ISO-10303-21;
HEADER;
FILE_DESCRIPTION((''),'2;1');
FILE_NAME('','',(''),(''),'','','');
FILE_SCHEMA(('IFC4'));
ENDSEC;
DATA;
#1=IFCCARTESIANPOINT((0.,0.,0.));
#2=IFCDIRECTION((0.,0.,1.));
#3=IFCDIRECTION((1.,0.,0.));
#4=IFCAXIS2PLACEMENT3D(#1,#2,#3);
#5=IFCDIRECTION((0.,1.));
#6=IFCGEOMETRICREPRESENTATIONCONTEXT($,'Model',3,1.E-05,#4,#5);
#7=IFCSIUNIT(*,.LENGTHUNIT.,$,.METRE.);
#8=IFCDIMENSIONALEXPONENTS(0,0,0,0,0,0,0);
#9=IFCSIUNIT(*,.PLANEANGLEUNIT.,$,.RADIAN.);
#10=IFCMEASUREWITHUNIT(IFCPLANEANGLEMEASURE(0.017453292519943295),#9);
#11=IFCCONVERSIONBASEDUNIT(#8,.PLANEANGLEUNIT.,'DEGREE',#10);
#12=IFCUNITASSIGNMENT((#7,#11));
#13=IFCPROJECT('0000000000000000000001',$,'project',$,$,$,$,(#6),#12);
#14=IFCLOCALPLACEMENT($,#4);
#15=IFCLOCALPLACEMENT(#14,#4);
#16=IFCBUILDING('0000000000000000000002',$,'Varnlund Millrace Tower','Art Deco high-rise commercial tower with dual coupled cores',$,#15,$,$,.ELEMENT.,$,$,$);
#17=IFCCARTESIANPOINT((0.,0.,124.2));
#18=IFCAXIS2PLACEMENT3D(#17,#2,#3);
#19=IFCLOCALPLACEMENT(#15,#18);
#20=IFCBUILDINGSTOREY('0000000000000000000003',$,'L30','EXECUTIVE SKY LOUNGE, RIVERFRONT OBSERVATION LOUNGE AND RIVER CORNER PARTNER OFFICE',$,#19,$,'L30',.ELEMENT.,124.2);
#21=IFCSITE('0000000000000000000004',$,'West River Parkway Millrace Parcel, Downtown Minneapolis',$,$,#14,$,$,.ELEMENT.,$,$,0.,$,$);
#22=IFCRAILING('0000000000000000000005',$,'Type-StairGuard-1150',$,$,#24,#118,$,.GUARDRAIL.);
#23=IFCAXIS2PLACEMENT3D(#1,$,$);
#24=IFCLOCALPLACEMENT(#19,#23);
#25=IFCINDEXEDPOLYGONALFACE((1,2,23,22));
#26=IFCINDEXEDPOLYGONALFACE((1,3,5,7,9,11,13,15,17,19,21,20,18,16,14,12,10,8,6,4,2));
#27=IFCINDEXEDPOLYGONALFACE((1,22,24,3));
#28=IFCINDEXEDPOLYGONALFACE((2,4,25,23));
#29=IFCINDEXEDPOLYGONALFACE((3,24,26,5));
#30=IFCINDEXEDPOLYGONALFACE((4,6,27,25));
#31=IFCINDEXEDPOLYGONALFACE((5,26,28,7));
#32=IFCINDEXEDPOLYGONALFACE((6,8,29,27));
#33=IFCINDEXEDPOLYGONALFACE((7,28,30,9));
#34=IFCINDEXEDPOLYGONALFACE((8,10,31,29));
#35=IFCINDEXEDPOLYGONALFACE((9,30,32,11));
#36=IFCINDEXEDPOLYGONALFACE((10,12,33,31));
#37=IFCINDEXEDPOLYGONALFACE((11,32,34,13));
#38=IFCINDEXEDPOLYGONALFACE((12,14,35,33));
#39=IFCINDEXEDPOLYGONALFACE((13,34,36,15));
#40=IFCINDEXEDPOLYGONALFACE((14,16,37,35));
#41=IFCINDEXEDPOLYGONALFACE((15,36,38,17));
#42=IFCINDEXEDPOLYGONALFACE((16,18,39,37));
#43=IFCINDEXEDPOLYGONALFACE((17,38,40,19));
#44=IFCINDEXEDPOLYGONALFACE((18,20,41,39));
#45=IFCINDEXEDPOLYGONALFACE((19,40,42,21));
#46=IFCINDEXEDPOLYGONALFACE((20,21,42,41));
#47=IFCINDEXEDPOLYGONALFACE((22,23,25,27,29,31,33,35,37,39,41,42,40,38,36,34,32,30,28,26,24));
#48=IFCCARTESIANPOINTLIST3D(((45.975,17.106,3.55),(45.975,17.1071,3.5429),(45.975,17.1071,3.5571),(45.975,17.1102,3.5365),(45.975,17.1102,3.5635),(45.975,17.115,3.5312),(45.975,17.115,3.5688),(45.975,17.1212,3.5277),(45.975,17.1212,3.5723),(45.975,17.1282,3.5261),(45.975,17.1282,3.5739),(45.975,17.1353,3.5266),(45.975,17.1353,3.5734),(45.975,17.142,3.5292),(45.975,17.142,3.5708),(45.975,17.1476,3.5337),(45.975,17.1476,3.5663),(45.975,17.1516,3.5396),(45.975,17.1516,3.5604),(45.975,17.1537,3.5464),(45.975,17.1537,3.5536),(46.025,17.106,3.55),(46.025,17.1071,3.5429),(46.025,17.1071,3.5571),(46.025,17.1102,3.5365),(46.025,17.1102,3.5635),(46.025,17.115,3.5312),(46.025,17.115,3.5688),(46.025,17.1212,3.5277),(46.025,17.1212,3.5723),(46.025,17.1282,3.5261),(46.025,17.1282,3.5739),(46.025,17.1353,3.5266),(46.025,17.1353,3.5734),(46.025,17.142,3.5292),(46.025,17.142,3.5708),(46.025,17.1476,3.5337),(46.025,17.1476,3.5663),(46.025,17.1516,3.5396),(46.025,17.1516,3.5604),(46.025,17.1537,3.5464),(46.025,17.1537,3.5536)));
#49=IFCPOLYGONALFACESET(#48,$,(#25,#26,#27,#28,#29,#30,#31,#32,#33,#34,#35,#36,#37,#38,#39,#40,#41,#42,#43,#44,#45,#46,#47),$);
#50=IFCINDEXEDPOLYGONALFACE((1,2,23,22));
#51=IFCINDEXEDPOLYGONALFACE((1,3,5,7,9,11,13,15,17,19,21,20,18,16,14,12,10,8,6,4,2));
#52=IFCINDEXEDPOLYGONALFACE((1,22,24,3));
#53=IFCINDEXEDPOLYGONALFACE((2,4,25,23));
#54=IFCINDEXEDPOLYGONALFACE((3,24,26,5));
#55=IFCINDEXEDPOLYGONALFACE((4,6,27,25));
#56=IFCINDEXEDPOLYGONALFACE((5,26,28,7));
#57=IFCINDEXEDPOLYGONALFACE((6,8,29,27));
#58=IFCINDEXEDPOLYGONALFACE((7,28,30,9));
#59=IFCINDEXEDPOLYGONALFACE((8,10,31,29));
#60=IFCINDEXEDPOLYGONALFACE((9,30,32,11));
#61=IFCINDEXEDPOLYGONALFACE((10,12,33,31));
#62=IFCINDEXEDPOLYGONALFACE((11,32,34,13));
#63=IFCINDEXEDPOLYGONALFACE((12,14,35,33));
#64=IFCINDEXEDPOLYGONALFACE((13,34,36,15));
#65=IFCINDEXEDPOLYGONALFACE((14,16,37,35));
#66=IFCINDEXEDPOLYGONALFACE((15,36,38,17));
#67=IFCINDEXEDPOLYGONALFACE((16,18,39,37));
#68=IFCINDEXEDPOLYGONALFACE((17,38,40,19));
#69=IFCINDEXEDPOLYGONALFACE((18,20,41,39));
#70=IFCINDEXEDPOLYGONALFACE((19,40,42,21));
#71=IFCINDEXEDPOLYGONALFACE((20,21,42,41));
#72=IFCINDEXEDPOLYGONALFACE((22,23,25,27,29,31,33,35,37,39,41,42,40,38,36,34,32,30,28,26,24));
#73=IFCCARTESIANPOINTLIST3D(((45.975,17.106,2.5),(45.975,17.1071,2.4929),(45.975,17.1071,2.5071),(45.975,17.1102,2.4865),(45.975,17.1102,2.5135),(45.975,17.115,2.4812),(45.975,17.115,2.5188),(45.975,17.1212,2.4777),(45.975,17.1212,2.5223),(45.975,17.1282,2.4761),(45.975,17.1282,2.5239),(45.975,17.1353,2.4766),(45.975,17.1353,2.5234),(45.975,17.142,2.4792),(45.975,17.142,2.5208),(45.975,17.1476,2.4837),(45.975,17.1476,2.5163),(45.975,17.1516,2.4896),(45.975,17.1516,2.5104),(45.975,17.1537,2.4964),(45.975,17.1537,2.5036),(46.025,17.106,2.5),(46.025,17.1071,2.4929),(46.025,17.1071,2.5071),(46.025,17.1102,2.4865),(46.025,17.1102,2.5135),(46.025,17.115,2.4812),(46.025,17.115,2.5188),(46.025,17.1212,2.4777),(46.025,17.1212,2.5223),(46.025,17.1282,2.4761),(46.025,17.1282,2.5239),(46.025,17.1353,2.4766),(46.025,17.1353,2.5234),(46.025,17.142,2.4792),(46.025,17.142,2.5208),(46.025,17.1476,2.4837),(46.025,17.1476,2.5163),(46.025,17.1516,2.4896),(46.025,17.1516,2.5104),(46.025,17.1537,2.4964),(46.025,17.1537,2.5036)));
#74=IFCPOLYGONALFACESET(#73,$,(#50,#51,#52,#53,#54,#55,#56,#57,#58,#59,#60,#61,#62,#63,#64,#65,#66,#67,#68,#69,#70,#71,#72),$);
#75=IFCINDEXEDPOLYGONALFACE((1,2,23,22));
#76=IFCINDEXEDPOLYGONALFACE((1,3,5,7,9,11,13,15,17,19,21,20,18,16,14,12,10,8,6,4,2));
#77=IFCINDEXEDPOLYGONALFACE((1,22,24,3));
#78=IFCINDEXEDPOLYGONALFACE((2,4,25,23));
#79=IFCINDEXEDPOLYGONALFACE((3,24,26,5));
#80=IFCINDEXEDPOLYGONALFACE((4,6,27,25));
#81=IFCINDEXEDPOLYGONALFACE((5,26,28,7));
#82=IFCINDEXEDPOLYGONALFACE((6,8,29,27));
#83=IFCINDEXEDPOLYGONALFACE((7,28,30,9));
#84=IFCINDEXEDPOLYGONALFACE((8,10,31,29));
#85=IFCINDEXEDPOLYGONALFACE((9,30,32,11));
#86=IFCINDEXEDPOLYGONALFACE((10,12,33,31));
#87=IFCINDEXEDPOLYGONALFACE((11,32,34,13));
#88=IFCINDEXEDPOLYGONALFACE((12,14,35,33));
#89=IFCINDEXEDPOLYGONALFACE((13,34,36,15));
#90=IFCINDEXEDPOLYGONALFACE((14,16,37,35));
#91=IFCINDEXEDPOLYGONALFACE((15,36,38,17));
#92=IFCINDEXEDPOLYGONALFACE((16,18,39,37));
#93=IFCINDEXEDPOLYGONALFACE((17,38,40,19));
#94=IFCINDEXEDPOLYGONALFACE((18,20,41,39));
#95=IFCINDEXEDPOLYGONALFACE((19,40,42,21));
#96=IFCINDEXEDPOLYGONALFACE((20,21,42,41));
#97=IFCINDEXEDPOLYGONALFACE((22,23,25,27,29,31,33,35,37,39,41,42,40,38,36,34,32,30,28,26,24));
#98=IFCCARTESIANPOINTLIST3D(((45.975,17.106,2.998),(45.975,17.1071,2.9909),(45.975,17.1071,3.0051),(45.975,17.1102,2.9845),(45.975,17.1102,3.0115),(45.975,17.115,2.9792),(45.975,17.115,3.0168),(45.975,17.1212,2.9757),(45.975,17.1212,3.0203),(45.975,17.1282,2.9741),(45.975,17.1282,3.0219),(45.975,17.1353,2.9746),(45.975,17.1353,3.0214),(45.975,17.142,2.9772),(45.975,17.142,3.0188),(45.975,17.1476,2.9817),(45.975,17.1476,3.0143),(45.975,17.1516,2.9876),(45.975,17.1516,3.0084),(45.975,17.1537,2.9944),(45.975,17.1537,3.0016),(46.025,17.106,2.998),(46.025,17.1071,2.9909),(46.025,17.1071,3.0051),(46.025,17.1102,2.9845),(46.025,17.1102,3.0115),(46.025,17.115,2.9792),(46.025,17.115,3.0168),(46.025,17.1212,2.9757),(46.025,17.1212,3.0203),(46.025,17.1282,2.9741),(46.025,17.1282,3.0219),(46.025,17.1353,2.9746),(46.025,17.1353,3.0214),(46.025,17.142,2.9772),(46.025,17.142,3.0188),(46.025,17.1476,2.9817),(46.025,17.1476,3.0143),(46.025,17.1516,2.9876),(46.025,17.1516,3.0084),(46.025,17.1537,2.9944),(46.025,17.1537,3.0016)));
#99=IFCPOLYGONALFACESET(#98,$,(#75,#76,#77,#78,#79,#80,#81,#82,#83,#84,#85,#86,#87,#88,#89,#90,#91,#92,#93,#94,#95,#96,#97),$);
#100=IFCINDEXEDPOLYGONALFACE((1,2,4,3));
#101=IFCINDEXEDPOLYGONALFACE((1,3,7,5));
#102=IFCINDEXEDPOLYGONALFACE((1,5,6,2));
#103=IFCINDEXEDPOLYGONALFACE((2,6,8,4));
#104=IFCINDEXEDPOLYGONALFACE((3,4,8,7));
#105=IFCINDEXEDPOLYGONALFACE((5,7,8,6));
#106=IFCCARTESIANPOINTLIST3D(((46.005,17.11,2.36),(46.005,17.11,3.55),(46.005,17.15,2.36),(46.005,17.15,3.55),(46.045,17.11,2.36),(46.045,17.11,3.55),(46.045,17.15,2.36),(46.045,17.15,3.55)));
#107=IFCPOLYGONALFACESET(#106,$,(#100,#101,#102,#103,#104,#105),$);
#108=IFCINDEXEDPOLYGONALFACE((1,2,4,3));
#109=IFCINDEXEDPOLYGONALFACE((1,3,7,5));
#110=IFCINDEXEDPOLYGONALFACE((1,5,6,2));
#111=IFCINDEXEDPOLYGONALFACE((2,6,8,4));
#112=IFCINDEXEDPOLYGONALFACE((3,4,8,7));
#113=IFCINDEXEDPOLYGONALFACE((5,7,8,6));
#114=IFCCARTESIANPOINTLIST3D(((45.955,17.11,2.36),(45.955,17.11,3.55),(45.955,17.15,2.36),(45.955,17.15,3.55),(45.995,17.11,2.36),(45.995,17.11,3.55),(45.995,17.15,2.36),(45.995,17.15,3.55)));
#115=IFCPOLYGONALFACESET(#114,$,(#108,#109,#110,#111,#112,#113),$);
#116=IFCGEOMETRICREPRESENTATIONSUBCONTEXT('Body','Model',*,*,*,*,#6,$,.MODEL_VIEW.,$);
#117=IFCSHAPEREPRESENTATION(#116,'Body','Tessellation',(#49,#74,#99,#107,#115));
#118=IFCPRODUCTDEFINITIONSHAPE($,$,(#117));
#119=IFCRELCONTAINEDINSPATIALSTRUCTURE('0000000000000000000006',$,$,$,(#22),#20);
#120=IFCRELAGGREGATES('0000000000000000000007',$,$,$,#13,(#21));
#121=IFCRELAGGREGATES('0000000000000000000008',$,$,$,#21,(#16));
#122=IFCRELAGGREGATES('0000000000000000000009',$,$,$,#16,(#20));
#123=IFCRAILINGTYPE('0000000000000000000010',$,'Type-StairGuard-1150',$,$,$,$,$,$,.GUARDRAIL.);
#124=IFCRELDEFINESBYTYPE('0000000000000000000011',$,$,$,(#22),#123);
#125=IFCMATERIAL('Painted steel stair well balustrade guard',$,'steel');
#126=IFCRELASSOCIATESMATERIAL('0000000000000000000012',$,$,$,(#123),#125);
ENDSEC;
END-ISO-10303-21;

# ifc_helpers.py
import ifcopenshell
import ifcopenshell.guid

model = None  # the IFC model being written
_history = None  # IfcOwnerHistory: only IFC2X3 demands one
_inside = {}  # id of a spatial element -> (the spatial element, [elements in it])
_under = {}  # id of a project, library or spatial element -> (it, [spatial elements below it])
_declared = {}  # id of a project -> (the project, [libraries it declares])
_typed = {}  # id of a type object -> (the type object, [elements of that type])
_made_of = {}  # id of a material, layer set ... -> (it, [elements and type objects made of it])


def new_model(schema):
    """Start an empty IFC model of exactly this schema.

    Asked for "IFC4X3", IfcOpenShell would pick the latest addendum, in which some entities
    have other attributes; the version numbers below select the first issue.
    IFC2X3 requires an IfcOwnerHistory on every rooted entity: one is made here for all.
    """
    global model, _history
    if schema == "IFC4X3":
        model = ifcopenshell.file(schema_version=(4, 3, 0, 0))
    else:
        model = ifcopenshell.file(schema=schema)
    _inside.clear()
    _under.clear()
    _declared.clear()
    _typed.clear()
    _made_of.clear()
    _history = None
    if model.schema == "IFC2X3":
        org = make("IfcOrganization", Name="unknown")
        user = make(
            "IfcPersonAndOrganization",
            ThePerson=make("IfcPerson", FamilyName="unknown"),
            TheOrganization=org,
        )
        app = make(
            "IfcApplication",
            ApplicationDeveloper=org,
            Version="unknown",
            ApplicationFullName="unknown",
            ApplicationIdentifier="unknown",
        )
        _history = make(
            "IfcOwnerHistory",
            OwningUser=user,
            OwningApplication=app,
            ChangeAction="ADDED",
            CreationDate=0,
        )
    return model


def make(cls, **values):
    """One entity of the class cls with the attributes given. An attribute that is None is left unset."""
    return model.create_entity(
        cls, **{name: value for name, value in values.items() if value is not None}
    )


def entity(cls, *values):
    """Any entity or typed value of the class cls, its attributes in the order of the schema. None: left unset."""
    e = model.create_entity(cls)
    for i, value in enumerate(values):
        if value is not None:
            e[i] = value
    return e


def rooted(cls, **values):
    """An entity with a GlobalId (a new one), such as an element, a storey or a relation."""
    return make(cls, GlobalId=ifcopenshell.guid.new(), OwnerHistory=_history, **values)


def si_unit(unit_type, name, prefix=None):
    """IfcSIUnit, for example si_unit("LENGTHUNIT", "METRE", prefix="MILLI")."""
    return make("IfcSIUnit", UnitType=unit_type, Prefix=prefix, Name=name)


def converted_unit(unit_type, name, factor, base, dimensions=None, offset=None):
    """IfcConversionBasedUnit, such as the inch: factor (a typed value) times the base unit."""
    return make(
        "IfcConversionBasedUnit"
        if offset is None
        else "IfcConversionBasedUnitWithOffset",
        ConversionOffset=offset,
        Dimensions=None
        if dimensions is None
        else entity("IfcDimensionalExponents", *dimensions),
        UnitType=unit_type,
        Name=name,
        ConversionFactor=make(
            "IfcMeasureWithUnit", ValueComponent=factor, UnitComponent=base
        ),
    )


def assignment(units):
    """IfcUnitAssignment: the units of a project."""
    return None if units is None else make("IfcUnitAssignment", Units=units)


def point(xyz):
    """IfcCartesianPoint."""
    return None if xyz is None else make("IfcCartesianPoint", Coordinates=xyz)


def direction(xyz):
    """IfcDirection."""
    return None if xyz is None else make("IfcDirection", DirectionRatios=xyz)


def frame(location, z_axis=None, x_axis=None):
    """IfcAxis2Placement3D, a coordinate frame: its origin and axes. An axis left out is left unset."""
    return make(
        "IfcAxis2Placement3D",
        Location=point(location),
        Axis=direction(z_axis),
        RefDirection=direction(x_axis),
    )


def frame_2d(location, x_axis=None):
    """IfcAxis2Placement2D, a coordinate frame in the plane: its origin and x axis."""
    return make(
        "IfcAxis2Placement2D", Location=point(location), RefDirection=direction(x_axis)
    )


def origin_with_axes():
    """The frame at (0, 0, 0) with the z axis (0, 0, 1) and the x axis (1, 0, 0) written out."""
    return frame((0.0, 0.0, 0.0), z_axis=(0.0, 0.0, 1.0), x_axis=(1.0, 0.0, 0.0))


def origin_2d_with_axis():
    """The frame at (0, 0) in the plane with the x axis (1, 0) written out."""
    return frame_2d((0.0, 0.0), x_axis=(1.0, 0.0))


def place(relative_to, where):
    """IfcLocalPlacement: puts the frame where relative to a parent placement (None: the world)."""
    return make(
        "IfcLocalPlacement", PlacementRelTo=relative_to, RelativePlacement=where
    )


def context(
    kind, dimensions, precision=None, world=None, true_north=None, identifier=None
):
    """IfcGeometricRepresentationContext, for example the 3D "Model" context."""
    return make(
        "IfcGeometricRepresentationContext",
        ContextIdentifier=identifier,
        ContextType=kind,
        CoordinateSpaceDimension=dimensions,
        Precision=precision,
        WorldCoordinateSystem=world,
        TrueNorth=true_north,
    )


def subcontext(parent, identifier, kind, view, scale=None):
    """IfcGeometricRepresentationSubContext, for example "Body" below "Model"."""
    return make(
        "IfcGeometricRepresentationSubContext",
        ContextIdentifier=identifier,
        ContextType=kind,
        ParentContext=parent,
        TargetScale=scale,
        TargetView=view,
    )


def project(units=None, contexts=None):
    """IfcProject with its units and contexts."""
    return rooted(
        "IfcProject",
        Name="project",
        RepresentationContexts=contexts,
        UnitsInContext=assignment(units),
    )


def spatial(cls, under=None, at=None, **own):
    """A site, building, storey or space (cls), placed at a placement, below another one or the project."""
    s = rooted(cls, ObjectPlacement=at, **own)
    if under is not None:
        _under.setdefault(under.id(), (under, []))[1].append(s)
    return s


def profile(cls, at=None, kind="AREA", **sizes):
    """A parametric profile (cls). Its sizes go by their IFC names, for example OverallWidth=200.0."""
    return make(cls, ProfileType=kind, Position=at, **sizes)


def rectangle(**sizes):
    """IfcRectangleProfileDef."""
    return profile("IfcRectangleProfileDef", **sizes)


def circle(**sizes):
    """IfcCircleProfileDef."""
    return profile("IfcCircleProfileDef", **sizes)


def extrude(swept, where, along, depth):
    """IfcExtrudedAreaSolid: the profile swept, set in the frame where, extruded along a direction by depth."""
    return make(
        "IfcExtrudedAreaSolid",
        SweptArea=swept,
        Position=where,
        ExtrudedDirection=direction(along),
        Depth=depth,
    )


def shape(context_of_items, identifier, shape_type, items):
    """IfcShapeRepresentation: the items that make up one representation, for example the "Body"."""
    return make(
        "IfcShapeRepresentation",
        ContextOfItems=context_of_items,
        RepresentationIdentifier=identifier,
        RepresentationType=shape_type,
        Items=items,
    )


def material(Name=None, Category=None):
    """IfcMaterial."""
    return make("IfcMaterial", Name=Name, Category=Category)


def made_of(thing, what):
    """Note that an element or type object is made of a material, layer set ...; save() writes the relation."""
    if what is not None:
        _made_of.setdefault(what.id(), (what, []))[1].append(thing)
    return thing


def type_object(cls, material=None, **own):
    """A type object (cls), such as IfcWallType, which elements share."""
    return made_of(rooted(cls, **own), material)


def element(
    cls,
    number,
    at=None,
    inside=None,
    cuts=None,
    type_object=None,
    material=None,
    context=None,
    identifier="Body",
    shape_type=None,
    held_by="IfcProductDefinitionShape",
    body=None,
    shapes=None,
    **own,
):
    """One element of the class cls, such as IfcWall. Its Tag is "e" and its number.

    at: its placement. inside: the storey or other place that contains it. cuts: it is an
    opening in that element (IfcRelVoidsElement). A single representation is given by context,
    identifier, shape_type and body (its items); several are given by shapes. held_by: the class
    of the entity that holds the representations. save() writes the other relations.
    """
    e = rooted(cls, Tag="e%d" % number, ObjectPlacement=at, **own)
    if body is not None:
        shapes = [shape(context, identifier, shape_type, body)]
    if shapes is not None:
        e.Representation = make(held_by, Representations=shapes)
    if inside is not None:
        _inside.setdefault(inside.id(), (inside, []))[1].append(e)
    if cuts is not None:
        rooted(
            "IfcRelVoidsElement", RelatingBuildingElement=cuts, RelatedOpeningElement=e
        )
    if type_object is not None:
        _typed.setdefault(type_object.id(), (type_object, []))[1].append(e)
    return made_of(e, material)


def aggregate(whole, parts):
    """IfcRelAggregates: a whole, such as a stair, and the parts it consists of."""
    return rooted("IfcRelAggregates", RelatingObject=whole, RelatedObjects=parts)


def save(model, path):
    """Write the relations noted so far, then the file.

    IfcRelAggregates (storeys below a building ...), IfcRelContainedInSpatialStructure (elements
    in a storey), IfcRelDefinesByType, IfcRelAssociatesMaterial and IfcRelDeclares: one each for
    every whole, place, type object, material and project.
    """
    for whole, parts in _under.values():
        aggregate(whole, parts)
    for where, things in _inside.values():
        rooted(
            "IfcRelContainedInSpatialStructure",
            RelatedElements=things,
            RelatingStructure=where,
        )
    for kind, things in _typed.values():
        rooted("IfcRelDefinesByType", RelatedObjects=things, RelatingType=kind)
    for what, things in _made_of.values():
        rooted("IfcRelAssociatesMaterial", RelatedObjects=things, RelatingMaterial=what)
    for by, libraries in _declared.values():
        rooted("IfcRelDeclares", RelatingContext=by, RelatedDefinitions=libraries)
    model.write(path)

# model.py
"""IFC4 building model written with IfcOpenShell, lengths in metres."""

from ifc_helpers import new_model, entity, si_unit, converted_unit, direction, frame, origin_with_axes, origin_2d_with_axis, place, context, subcontext, project, spatial, rectangle, circle, extrude, material, type_object, element, save


model = new_model("IFC4")

# Units and contexts
model_context = context("Model", 3, precision=1e-05, world=origin_with_axes(), true_north=direction((0.0, 1.0)))
body_context = subcontext(model_context, "Body", "Model", "MODEL_VIEW")
ifc_project = project(units=[si_unit("LENGTHUNIT", "METRE"), converted_unit("PLANEANGLEUNIT", "DEGREE", entity("IfcPlaneAngleMeasure", 0.017453292519943295), si_unit("PLANEANGLEUNIT", "RADIAN"), dimensions=[0, 0, 0, 0, 0, 0, 0])], contexts=[model_context])

# Site, building, storey
site_placement = place(None, origin_with_axes())
site = spatial("IfcSite", under=ifc_project, at=site_placement, Name="West River Parkway Millrace Parcel, Downtown Minneapolis", CompositionType="ELEMENT", RefElevation=0.0)
building_placement = place(site_placement, origin_with_axes())
building = spatial("IfcBuilding", under=site, at=building_placement, Name="Varnlund Millrace Tower", Description="Art Deco high-rise commercial tower with dual coupled cores", CompositionType="ELEMENT")
storey_placement = place(building_placement, frame((0.0, 0.0, 124.2), z_axis=(0.0, 0.0, 1.0), x_axis=(1.0, 0.0, 0.0)))
storey = spatial("IfcBuildingStorey", under=building, at=storey_placement, Name="L30", Description="EXECUTIVE SKY LOUNGE, RIVERFRONT OBSERVATION LOUNGE AND RIVER CORNER PARTNER OFFICE", LongName="L30", CompositionType="ELEMENT", Elevation=124.2)

# Railing
ifc_material_1 = material(Name="Painted steel stair well balustrade guard", Category="steel")
railing_type_1 = type_object("IfcRailingType", Name="Type-StairGuard-1150", PredefinedType="GUARDRAIL", material=ifc_material_1)
railing_1_placement = place(storey_placement, frame((0.0, 0.0, -124.2), z_axis=(0.0, 0.0, 1.0), x_axis=(1.0, 0.0, 0.0)))
element("IfcRailing", 1, at=railing_1_placement, inside=storey, type_object=railing_type_1, Name="Type-StairGuard-1150", PredefinedType="GUARDRAIL", context=body_context, shape_type="SweptSolid", body=[
    extrude(circle(Radius=0.024, at=origin_2d_with_axis()), frame((46.025, 17.13, 127.75), z_axis=(-1.0, 0.0, 0.0), x_axis=(0.0, -1.0, 0.0)), (0.0, 0.0, 1.0), 0.05),
    extrude(circle(Radius=0.024, at=origin_2d_with_axis()), frame((46.025, 17.13, 126.7), z_axis=(-1.0, 0.0, 0.0), x_axis=(0.0, -1.0, 0.0)), (0.0, 0.0, 1.0), 0.05),
    extrude(circle(Radius=0.024, at=origin_2d_with_axis()), frame((46.025, 17.13, 127.198), z_axis=(-1.0, 0.0, 0.0), x_axis=(0.0, -1.0, 0.0)), (0.0, 0.0, 1.0), 0.05),
    extrude(rectangle(XDim=0.04, YDim=0.04, at=origin_2d_with_axis()), frame((46.025, 17.13, 126.56), z_axis=(0.0, 0.0, 1.0), x_axis=(1.0, 0.0, 0.0)), (0.0, 0.0, 1.0), 1.19),
    extrude(rectangle(XDim=0.04, YDim=0.04, at=origin_2d_with_axis()), frame((45.975, 17.13, 126.56), z_axis=(0.0, 0.0, 1.0), x_axis=(1.0, 0.0, 0.0)), (0.0, 0.0, 1.0), 1.19),
])

save(model, "model.ifc")
